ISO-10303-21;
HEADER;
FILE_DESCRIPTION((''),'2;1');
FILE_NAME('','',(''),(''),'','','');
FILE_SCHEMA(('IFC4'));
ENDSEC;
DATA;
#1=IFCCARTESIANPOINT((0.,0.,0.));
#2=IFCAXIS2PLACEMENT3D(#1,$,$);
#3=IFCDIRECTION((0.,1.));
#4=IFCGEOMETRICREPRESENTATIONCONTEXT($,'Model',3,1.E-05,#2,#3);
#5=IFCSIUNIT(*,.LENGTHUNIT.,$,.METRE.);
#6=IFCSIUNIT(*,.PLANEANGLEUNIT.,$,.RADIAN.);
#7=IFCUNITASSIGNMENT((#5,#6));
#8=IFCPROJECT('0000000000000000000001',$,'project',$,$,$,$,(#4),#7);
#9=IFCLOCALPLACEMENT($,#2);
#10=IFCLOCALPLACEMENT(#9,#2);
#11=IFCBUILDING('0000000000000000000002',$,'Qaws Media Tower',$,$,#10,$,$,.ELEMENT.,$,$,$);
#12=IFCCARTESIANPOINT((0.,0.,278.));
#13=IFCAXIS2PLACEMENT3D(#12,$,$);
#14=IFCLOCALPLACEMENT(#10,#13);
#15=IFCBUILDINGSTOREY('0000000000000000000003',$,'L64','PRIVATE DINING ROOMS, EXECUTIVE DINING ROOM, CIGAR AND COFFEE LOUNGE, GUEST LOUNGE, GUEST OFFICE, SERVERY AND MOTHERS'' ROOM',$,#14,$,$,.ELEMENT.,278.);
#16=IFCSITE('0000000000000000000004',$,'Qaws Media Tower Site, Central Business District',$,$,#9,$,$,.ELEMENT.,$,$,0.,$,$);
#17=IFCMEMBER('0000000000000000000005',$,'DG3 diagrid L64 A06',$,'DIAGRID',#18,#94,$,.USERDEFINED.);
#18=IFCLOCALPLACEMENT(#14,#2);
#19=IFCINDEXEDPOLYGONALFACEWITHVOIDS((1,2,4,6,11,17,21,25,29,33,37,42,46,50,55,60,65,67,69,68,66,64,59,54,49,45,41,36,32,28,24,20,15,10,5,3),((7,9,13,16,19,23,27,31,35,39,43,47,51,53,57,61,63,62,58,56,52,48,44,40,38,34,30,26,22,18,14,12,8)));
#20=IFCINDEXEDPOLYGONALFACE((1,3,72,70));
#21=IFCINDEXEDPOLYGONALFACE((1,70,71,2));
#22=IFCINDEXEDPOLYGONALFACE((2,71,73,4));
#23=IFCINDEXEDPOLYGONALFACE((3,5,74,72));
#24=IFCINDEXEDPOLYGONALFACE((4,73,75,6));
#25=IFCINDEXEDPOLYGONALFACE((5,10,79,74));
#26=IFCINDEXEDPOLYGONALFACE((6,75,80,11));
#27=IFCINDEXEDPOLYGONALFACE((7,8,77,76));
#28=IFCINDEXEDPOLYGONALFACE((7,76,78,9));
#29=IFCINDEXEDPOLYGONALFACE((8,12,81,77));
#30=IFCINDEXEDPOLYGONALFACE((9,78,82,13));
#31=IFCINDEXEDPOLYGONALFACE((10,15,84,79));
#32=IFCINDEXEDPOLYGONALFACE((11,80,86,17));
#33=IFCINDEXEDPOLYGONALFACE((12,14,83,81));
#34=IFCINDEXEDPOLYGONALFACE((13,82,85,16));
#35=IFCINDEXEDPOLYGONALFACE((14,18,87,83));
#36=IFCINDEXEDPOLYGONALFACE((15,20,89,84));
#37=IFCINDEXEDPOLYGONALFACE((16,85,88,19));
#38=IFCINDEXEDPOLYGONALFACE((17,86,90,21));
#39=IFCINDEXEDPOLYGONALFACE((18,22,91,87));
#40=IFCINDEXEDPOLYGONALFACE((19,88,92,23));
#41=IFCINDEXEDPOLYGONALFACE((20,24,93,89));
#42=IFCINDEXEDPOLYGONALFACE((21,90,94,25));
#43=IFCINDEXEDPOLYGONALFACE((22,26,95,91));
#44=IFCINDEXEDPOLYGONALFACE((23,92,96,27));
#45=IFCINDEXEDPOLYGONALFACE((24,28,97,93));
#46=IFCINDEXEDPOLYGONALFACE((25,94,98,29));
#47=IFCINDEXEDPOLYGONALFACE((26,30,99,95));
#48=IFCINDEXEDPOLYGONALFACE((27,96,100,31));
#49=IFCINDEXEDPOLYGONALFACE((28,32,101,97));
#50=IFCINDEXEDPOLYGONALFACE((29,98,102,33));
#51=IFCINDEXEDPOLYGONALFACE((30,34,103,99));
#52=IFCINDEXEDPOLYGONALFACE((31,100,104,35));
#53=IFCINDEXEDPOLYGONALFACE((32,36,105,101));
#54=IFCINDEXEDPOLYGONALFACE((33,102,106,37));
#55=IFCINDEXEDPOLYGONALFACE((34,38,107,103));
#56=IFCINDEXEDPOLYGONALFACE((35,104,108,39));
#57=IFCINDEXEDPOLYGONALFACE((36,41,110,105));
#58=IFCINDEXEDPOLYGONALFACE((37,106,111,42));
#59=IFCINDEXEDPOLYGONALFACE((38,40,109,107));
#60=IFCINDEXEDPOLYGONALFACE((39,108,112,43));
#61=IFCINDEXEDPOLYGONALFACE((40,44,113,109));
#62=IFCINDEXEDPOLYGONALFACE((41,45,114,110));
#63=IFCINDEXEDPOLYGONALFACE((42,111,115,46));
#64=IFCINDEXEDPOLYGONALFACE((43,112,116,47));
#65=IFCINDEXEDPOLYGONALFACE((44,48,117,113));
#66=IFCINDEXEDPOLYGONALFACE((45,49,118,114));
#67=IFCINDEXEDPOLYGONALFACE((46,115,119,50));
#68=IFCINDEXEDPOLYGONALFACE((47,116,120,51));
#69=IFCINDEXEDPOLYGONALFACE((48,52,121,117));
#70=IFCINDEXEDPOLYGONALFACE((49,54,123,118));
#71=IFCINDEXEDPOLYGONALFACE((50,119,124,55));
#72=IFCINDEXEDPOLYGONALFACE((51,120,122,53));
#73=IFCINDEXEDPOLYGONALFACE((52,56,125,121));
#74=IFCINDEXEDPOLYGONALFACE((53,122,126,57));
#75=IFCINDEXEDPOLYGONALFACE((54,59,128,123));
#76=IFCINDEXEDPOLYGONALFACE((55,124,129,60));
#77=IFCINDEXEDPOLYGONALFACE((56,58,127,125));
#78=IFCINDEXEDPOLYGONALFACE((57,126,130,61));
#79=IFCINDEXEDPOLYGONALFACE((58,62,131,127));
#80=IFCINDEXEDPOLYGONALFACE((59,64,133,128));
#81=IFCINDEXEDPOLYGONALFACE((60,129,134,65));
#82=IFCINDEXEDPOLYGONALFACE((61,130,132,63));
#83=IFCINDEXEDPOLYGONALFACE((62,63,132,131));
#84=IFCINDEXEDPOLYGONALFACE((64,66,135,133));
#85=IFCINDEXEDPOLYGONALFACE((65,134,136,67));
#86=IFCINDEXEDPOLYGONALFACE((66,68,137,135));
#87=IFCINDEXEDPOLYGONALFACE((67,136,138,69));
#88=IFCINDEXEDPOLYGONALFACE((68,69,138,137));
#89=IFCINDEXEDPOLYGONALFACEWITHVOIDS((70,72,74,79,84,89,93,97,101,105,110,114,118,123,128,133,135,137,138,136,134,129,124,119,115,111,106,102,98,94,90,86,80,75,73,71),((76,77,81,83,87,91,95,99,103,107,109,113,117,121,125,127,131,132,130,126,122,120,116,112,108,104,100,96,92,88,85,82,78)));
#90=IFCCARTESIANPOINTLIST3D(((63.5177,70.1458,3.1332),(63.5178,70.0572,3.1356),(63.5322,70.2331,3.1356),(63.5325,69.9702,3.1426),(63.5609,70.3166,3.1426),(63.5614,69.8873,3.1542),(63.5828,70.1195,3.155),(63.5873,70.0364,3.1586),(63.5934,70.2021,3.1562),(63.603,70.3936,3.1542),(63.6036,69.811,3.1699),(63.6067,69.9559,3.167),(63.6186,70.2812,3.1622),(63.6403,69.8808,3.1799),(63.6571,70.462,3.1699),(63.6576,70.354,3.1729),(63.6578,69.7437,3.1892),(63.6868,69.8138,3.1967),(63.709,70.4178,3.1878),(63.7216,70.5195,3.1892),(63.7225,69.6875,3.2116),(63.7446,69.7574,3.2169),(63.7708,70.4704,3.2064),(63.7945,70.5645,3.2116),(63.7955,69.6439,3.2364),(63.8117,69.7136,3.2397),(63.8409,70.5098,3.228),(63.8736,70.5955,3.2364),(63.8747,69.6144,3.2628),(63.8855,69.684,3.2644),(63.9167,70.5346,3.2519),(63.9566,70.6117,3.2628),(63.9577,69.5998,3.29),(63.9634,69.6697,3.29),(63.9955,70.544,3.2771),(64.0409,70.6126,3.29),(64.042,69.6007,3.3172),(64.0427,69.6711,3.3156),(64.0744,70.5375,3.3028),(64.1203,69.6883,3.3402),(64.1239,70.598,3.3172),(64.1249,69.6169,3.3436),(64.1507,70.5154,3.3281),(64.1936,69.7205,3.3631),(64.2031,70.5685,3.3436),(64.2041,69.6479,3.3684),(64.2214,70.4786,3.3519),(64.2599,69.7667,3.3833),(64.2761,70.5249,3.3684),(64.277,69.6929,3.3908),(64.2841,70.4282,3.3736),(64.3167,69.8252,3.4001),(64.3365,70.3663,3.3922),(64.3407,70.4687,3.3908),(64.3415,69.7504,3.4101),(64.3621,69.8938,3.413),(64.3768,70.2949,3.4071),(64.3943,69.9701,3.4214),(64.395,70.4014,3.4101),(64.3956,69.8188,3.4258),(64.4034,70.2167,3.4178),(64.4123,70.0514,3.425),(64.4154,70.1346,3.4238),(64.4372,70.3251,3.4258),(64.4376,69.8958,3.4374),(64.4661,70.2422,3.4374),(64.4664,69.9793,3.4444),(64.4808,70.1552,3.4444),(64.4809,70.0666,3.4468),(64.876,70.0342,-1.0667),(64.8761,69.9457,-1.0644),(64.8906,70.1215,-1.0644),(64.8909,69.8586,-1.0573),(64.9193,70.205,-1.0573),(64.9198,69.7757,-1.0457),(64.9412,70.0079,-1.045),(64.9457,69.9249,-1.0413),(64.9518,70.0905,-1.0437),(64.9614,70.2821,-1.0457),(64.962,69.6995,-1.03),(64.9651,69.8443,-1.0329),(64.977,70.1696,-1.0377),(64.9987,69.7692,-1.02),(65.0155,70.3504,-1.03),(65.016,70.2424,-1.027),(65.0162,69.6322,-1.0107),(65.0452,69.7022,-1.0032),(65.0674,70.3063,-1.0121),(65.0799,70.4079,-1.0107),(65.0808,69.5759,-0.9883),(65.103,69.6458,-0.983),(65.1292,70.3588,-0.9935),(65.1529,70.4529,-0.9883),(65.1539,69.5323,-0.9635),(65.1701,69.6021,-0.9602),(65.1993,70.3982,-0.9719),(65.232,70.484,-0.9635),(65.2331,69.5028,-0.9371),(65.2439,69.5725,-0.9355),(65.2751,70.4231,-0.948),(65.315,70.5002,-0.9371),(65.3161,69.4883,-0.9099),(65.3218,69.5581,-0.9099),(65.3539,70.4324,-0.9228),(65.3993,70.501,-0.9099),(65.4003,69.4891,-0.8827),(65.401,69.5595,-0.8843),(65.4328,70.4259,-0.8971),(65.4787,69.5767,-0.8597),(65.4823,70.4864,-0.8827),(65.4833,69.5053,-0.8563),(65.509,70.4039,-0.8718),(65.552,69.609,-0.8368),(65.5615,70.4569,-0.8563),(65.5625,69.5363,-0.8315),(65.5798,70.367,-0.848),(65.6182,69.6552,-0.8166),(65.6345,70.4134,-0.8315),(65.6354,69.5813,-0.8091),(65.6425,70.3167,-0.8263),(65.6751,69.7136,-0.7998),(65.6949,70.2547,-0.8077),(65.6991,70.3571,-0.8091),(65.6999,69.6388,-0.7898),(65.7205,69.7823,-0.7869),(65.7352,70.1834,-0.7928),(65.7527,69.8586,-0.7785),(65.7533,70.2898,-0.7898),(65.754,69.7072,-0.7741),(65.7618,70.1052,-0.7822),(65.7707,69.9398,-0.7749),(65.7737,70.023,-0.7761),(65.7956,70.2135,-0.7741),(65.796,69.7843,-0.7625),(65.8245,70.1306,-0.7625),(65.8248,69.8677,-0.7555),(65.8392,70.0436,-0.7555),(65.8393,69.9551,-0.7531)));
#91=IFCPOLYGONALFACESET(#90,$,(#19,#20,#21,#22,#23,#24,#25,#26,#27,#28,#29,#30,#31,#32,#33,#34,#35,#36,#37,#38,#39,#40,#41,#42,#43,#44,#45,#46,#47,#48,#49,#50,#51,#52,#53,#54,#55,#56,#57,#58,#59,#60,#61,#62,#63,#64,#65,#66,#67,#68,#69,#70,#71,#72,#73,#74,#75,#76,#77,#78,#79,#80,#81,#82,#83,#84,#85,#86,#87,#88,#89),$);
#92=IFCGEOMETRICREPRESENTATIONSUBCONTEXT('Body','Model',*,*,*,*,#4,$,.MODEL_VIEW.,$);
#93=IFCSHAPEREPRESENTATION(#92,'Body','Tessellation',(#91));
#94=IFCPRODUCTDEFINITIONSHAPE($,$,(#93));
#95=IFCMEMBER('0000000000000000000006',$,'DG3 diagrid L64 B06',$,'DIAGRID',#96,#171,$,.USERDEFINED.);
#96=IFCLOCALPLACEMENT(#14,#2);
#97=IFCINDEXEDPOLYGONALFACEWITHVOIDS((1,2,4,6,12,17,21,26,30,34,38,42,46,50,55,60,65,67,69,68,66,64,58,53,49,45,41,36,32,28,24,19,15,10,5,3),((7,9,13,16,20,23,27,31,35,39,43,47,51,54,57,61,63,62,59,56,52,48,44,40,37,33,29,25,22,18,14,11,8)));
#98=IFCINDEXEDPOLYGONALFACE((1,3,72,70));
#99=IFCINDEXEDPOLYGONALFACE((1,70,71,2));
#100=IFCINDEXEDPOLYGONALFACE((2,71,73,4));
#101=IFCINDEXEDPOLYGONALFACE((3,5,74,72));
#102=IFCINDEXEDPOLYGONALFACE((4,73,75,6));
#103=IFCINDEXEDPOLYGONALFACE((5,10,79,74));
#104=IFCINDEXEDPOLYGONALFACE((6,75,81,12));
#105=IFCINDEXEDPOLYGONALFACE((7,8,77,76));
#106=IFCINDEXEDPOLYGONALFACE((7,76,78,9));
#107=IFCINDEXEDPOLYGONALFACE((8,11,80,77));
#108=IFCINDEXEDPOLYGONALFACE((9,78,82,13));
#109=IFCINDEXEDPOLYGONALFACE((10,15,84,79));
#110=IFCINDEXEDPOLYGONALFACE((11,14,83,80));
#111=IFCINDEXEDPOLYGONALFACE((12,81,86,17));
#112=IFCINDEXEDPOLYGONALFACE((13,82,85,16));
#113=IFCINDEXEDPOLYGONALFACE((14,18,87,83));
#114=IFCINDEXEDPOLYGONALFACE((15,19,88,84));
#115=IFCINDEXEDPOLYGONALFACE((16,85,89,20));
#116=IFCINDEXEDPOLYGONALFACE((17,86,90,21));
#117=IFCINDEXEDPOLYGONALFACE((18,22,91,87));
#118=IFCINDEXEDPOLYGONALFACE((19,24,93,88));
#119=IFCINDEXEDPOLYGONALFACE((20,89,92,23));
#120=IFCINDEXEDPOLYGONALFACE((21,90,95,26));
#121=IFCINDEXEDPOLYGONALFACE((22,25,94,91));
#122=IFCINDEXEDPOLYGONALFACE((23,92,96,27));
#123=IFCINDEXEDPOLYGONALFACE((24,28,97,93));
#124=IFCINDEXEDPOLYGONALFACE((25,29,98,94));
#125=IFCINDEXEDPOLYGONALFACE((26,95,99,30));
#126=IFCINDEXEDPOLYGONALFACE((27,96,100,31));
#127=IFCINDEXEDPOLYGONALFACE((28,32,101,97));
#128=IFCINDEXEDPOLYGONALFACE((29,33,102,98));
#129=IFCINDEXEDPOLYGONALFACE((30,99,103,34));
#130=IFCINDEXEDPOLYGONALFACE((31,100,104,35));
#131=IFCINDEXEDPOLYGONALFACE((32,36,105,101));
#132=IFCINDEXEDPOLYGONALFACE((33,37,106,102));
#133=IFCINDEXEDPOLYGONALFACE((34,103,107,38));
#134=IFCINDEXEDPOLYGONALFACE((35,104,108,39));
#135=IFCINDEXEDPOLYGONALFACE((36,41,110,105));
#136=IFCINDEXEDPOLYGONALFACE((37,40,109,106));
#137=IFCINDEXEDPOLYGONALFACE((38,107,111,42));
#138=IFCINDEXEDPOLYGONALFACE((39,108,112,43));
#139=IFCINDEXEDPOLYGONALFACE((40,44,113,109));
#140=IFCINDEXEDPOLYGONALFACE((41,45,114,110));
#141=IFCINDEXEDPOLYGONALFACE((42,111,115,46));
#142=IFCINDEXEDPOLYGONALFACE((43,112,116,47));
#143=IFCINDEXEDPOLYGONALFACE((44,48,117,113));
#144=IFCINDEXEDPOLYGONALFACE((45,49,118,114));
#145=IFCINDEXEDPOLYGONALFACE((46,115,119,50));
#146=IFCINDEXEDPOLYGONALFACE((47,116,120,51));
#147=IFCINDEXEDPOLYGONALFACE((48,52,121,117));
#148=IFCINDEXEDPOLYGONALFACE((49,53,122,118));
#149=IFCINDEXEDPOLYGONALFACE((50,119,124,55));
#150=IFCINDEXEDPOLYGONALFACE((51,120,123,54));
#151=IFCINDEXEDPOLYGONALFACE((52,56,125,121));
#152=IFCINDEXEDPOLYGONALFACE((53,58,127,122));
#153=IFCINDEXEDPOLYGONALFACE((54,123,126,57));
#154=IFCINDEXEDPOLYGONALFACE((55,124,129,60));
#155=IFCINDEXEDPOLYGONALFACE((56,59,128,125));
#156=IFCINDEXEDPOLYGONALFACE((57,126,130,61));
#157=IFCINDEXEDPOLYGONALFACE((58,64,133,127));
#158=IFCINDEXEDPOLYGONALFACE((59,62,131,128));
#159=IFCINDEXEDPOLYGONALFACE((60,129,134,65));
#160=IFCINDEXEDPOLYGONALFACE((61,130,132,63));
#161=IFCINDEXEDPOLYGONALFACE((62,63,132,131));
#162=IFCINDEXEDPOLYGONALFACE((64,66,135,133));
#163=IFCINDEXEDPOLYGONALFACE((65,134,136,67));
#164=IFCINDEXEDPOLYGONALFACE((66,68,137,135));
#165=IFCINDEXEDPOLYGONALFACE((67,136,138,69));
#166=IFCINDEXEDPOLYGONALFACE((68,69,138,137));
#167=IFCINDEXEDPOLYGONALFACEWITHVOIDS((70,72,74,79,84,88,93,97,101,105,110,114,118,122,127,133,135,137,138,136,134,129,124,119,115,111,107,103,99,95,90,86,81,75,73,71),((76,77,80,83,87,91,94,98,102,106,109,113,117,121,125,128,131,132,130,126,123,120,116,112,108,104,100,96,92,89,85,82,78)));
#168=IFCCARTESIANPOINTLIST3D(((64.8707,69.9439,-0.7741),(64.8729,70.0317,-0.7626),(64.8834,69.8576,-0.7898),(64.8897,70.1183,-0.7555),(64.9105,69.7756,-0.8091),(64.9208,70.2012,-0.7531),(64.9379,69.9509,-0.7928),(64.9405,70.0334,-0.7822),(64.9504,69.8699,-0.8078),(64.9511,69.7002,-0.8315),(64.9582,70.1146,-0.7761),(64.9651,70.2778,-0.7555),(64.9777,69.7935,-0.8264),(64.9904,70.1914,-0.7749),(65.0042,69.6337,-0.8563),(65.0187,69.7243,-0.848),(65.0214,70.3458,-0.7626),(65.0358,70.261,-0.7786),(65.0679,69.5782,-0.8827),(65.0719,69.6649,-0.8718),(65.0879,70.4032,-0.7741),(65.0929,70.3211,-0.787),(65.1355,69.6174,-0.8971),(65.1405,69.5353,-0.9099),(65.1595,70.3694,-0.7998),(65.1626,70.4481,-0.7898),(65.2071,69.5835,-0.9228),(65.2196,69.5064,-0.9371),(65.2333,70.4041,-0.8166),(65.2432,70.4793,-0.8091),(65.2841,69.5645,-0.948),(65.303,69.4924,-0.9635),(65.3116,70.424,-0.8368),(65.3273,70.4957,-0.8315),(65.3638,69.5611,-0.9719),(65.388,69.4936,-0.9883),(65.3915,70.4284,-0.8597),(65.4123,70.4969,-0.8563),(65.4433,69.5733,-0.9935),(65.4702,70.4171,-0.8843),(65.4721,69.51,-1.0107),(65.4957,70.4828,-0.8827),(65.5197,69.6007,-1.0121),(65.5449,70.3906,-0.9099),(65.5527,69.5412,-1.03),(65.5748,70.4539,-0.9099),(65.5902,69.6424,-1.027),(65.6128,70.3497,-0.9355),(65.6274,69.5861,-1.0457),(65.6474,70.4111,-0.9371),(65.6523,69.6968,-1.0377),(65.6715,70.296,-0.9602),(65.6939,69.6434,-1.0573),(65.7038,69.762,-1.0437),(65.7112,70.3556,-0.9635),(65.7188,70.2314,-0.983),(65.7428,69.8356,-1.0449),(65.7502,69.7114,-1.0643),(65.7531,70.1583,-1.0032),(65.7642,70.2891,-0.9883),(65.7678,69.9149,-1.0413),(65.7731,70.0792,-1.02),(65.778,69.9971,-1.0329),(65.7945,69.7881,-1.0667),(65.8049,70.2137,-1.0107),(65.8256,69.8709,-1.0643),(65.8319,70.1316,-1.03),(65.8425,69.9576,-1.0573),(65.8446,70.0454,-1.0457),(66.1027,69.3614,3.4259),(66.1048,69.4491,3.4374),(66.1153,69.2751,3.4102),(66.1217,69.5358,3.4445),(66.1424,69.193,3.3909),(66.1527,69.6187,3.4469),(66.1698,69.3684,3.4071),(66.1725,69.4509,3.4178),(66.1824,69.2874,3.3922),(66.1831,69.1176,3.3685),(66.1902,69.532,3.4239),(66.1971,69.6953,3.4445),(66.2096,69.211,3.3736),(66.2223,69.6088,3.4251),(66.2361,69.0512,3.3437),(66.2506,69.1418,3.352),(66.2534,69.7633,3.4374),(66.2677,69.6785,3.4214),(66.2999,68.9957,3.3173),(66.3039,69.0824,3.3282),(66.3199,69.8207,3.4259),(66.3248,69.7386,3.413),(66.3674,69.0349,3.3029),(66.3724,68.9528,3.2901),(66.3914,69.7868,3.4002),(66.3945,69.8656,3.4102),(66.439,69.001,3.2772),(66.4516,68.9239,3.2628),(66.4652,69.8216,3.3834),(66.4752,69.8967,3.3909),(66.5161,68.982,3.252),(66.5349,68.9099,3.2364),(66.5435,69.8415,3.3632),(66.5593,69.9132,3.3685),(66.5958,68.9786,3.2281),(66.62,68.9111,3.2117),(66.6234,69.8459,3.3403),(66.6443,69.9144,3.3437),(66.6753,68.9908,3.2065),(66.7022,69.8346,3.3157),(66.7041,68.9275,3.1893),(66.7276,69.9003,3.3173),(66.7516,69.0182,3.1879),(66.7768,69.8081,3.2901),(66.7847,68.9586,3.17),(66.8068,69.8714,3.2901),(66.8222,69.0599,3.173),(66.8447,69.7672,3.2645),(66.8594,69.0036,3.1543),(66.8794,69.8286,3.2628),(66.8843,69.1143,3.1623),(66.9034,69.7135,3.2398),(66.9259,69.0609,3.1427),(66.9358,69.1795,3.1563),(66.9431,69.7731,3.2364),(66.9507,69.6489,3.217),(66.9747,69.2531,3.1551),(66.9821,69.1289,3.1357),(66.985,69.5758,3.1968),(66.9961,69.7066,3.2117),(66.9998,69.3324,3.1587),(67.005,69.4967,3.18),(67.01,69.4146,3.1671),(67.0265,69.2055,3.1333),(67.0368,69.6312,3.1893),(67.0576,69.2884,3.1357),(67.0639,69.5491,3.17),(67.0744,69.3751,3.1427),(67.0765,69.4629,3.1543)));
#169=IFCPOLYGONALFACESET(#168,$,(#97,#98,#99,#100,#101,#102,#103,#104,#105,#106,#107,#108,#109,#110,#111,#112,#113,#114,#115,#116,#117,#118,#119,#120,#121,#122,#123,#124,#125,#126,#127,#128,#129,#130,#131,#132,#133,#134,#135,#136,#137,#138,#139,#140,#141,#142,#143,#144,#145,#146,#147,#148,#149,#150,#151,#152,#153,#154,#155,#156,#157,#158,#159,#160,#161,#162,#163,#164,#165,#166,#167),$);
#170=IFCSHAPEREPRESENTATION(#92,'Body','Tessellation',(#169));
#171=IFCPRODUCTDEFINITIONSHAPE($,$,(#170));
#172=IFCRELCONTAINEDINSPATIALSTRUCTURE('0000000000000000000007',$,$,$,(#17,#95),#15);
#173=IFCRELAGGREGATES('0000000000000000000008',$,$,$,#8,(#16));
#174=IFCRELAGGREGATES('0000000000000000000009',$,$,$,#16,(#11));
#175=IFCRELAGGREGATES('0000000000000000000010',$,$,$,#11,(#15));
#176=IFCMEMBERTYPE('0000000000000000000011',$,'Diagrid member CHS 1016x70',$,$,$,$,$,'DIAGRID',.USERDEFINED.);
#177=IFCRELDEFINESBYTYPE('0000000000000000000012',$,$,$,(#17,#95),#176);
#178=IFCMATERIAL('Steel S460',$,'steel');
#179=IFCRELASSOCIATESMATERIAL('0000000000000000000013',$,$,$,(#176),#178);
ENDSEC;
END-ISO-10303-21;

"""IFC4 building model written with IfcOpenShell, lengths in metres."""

from ifc_helpers import new_model, si_unit, direction, frame, origin, origin_2d, place, context, subcontext, project, spatial, hollow_circle, extrude, material, material_profile, profile_set, type_object, element, save


model = new_model("IFC4")

# Units and contexts
model_context = context("Model", 3, precision=1e-05, world=origin(), true_north=direction((0.0, 1.0)))
body_context = subcontext(model_context, "Body", "Model", "MODEL_VIEW")
ifc_project = project(units=[si_unit("LENGTHUNIT", "METRE"), si_unit("PLANEANGLEUNIT", "RADIAN")], contexts=[model_context])

# Site, building, storey
site_placement = place(None, origin())
site = spatial("IfcSite", under=ifc_project, at=site_placement, Name="Qaws Media Tower Site, Central Business District", CompositionType="ELEMENT", RefElevation=0.0)
building_placement = place(site_placement, origin())
building = spatial("IfcBuilding", under=site, at=building_placement, Name="Qaws Media Tower", CompositionType="ELEMENT")
storey_placement = place(building_placement, frame((0.0, 0.0, 278.0)))
storey = spatial("IfcBuildingStorey", under=building, at=storey_placement, Name="L64", Description="PRIVATE DINING ROOMS, EXECUTIVE DINING ROOM, CIGAR AND COFFEE LOUNGE, GUEST LOUNGE, GUEST OFFICE, SERVERY AND MOTHERS' ROOM", CompositionType="ELEMENT", Elevation=278.0)

# Members
ifc_material_1 = material(Name="Steel S460", Category="steel")
ifc_material_profile_1 = material_profile(ifc_material_1, hollow_circle(Radius=0.5081, WallThickness=0.0701, at=origin_2d()), Name="CHS 1016x70")
ifc_profile_set_1 = profile_set([ifc_material_profile_1], Name="Steel S460")
member_type_1 = type_object("IfcMemberType", Name="Diagrid member CHS 1016x70", ElementType="DIAGRID", PredefinedType="USERDEFINED", material=ifc_profile_set_1)
for number, where, z_axis, x_axis, name in (
    (1, (65.3577, 69.9946, -0.9099), (-0.307638, 0.025268, 0.951168), (-0.081859, -0.996644, 0.0), "DG3 diagrid L64 A06"),
    (2, (65.3577, 69.9946, -0.9099), (0.279002, -0.131926, 0.951185), (0.42747, 0.904029, 0.0), "DG3 diagrid L64 B06"),
):
    element("IfcMember", number, at=place(storey_placement, frame(where, z_axis=z_axis, x_axis=x_axis)), inside=storey, type_object=member_type_1, Name=name, ObjectType="DIAGRID", PredefinedType="USERDEFINED", context=body_context, shape_type="SweptSolid", body=[
        extrude(hollow_circle(Radius=0.5081, WallThickness=0.0701, at=origin_2d()), origin(), (0.0, 0.0, 1.0), 4.4155),
    ])

save(model, "model.ifc")
